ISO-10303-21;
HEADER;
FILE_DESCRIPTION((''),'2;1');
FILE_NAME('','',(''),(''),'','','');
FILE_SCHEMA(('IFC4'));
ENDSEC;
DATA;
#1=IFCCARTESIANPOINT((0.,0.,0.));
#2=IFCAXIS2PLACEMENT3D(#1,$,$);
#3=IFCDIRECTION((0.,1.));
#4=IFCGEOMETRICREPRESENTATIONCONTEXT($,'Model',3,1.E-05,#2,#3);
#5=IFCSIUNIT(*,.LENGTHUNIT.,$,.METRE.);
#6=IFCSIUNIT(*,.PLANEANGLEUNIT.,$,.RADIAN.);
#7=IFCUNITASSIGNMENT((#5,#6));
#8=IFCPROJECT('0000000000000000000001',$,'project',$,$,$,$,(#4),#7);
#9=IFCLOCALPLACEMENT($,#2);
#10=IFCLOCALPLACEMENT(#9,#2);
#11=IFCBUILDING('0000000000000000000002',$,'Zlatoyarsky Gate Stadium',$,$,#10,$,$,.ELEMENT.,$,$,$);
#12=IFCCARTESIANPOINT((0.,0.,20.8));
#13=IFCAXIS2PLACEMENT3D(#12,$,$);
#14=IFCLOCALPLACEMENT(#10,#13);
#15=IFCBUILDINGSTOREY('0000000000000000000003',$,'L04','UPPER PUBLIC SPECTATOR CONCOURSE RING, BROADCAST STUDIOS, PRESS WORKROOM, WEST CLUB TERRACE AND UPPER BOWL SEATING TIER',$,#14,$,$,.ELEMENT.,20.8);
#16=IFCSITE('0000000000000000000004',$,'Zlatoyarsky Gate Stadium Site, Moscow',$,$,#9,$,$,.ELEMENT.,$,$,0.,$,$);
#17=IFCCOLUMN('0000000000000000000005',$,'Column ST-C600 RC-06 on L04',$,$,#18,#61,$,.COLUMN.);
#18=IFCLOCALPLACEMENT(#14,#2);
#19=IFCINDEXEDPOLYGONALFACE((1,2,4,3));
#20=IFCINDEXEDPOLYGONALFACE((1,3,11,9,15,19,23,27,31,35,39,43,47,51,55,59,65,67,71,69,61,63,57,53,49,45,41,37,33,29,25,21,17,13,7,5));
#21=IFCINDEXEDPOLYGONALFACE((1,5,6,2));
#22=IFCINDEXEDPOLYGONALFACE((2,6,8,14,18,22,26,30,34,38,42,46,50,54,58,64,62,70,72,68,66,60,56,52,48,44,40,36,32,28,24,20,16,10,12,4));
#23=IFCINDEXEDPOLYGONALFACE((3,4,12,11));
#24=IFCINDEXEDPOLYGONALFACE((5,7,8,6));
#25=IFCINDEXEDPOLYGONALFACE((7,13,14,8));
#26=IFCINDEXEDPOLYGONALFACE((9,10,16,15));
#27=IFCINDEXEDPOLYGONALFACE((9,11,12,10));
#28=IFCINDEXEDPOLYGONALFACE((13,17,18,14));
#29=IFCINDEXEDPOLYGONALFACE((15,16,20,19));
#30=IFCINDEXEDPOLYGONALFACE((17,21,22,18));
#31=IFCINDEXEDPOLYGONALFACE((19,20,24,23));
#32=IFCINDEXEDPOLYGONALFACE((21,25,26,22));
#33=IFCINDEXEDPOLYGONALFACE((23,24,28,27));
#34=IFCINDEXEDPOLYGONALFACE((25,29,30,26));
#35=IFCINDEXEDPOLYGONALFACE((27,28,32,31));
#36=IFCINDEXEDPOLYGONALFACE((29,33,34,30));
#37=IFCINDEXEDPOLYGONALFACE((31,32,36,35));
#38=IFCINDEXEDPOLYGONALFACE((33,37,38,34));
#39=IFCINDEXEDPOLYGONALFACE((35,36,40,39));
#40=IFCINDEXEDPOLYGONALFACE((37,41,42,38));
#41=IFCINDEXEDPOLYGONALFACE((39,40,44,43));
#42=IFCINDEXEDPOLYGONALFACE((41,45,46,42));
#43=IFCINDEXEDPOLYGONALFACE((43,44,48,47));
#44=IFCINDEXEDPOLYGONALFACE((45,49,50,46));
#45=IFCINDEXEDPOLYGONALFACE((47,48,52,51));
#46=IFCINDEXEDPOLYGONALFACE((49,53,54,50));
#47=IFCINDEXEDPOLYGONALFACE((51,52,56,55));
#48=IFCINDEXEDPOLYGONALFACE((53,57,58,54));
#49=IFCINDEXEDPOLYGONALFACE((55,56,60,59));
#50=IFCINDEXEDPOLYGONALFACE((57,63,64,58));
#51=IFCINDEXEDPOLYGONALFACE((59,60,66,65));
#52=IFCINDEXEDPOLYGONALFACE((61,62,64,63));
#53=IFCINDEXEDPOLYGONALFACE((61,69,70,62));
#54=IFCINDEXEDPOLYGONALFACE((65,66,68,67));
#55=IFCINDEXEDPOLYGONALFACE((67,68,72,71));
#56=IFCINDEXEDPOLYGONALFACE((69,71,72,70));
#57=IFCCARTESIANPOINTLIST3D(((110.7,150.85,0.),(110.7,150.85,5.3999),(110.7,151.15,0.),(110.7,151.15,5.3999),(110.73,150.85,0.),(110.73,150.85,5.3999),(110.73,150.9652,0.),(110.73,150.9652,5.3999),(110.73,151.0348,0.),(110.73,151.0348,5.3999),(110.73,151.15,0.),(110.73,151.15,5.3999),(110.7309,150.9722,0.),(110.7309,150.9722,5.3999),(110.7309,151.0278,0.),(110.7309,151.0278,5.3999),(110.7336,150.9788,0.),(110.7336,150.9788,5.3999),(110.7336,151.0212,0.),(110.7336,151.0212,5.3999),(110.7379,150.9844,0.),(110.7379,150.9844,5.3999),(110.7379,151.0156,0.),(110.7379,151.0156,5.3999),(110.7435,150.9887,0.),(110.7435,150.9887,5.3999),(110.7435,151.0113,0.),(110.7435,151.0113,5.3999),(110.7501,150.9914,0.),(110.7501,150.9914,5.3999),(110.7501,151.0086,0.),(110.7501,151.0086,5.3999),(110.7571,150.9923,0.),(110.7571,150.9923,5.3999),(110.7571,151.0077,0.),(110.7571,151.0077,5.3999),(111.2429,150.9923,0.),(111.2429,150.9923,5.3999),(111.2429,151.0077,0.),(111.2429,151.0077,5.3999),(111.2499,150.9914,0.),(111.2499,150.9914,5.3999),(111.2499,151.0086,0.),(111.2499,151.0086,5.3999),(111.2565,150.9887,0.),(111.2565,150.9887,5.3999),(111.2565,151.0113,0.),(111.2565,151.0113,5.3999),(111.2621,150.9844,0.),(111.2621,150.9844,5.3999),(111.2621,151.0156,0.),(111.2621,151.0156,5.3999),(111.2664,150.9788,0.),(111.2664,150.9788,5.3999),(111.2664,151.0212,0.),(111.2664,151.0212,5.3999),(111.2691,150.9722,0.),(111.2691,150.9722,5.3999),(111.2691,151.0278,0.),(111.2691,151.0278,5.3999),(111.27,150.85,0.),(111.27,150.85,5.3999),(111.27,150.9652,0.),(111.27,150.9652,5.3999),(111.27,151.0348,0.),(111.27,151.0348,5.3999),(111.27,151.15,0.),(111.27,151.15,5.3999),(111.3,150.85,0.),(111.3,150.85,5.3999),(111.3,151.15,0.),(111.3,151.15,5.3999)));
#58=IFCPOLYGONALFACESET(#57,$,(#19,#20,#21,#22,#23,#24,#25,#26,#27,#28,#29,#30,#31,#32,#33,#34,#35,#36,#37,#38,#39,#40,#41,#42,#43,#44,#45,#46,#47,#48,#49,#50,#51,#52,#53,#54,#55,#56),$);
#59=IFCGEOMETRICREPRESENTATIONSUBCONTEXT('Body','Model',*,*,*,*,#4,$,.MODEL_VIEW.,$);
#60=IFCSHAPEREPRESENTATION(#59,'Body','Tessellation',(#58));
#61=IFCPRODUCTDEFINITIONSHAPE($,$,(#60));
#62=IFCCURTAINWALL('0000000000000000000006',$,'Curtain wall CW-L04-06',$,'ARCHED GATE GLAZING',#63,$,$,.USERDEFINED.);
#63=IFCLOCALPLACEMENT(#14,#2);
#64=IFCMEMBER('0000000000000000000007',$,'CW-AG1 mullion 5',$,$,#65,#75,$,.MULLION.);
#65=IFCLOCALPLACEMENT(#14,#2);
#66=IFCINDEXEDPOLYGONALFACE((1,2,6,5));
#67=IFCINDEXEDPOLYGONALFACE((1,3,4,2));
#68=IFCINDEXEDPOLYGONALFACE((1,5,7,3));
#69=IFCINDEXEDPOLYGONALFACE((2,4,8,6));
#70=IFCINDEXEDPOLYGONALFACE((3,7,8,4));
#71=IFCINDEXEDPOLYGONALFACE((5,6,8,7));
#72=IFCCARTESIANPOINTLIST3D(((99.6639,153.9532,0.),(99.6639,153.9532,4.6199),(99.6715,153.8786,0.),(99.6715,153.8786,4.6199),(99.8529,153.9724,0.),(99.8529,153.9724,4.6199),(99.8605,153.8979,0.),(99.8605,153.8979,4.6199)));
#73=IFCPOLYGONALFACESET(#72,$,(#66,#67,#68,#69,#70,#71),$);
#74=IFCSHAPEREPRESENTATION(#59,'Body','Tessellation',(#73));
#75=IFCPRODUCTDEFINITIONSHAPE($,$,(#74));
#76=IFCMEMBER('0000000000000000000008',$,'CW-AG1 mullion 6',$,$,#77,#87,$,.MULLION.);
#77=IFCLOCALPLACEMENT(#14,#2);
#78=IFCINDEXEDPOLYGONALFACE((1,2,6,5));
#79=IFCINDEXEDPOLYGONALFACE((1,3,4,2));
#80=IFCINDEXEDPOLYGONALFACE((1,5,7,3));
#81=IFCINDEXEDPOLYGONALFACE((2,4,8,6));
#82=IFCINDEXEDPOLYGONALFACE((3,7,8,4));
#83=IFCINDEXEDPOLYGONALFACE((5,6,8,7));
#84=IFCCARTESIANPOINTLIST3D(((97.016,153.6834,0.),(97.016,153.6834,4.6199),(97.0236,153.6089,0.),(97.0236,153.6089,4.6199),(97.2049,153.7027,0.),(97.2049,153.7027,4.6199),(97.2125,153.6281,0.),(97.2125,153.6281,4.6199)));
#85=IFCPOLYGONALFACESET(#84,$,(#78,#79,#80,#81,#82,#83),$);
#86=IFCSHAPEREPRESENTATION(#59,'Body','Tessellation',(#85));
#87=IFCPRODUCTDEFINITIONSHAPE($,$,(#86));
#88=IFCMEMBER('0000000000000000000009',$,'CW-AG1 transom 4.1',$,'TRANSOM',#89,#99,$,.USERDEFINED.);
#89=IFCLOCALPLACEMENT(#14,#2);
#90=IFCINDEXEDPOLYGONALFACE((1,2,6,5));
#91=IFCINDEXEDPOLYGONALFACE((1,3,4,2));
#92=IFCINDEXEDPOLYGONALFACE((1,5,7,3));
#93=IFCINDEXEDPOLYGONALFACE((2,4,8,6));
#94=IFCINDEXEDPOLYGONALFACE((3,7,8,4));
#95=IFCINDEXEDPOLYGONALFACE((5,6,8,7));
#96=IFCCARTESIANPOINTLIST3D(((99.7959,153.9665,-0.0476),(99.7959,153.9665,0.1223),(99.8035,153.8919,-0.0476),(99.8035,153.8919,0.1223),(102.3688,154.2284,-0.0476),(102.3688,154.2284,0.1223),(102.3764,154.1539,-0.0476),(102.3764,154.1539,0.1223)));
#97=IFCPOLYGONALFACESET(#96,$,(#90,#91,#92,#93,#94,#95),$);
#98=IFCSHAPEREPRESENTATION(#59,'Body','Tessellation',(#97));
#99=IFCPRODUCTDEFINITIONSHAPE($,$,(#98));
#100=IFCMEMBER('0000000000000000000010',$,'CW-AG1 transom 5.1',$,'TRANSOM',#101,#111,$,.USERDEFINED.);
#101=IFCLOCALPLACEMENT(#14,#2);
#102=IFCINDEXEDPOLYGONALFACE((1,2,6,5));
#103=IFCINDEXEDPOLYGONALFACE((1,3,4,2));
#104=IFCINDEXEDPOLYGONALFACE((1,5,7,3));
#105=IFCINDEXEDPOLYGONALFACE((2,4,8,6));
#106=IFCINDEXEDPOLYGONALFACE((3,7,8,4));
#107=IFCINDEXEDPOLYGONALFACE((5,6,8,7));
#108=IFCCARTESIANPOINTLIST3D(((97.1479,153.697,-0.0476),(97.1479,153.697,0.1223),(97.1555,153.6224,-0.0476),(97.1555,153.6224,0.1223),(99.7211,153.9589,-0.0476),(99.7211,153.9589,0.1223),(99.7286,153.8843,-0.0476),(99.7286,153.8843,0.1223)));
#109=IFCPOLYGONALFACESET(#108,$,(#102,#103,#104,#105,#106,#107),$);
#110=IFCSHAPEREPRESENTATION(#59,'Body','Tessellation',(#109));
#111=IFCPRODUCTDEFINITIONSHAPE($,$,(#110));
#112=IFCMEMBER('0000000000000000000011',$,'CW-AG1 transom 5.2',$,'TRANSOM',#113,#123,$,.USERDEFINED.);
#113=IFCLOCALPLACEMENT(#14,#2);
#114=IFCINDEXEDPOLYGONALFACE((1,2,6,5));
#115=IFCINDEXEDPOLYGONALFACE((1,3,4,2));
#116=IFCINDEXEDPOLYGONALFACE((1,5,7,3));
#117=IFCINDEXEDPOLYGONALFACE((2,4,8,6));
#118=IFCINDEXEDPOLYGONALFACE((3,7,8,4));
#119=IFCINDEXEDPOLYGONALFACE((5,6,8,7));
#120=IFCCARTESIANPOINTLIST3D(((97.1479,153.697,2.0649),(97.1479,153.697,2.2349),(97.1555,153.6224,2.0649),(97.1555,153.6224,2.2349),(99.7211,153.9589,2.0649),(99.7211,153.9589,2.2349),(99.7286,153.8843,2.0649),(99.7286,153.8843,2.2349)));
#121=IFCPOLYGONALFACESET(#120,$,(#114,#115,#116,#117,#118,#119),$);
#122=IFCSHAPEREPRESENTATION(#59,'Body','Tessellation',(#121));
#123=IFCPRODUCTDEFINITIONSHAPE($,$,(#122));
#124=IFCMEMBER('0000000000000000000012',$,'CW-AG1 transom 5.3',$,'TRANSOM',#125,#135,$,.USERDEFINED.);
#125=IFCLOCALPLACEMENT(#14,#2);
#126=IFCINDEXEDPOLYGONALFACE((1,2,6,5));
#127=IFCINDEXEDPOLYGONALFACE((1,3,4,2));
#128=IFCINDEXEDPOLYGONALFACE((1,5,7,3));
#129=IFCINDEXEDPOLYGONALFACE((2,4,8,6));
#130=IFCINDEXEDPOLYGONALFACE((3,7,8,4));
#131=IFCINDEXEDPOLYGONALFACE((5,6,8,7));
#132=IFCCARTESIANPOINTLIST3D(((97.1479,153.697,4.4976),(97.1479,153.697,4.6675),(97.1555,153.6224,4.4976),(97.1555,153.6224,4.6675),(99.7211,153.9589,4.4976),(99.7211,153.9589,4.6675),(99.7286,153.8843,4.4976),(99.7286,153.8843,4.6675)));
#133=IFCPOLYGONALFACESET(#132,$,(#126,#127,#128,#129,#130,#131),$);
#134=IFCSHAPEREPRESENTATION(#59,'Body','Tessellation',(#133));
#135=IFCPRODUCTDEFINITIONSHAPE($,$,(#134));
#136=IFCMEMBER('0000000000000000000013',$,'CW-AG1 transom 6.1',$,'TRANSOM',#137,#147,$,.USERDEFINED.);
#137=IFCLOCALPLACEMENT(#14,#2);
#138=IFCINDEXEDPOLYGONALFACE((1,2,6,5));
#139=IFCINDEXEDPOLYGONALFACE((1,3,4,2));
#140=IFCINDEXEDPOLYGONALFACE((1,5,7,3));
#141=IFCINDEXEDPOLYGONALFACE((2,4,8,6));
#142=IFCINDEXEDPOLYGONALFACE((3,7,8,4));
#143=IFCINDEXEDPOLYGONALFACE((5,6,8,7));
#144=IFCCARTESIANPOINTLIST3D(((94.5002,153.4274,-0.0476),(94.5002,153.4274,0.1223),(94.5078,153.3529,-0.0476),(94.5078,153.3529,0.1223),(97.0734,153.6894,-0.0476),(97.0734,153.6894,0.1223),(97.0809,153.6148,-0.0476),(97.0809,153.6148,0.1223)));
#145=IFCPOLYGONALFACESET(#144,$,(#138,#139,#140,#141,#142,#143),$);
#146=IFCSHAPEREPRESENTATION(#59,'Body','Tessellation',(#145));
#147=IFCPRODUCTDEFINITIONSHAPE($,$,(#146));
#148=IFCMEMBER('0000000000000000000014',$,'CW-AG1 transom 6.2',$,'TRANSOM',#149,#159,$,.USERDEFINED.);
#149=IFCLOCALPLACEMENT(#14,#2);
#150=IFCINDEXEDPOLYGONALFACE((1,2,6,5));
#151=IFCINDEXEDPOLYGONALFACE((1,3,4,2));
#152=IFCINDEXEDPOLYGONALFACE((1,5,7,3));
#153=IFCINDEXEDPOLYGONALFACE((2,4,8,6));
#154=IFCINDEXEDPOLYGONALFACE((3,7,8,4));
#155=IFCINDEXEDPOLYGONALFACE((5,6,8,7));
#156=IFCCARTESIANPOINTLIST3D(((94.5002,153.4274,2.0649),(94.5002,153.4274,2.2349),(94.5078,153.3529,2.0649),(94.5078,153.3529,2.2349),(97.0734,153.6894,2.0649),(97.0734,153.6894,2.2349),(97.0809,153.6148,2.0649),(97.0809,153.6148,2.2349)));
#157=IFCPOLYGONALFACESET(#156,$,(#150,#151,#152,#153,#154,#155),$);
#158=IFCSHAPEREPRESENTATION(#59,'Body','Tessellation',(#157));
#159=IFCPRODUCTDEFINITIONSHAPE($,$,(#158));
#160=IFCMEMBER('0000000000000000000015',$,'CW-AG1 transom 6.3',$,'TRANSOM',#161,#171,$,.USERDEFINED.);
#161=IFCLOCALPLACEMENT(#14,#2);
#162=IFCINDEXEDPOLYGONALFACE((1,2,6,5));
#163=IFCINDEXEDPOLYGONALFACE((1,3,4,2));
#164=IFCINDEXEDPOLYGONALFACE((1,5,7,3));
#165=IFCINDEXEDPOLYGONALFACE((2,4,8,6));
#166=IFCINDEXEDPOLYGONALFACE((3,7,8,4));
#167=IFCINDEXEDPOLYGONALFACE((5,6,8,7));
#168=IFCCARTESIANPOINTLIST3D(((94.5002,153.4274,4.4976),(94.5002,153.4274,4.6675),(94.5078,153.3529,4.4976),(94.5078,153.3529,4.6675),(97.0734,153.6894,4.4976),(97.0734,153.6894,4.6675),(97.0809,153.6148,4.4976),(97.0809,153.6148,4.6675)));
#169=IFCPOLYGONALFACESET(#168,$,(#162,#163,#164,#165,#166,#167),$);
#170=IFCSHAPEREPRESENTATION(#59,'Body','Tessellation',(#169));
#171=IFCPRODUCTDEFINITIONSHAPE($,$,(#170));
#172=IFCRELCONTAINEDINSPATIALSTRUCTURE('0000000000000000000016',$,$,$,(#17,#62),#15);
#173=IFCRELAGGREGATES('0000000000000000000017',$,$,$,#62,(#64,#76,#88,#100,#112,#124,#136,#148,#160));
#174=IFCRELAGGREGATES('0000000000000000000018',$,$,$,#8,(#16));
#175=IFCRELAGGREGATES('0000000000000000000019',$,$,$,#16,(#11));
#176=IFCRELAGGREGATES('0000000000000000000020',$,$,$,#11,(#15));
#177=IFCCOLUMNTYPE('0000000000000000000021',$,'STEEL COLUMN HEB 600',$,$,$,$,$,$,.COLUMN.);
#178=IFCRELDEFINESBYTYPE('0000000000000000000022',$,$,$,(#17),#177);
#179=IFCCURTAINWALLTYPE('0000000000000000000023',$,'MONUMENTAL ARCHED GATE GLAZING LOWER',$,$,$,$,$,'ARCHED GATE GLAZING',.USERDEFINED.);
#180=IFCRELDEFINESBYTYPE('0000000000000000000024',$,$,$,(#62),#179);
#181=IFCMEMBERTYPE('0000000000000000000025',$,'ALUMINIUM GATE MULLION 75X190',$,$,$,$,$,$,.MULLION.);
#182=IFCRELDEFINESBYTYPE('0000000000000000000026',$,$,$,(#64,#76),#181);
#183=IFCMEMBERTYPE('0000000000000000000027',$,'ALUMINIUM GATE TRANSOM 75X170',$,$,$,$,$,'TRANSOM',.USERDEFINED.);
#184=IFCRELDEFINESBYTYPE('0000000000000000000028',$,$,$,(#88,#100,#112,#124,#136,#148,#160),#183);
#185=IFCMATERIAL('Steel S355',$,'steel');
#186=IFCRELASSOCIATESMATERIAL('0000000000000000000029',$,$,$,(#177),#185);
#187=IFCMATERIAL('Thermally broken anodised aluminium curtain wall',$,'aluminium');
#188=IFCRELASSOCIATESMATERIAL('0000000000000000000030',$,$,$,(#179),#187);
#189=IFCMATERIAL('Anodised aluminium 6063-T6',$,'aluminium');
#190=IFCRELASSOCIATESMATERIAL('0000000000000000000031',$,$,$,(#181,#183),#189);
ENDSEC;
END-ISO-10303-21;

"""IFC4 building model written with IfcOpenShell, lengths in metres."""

from ifc_helpers import new_model, si_unit, direction, frame, origin, origin_2d, place, context, subcontext, project, spatial, rectangle, i_section, extrude, material, material_profile, profile_set, type_object, element, aggregate, save


model = new_model("IFC4")

# Units and contexts
model_context = context("Model", 3, precision=1e-05, world=origin(), true_north=direction((0.0, 1.0)))
body_context = subcontext(model_context, "Body", "Model", "MODEL_VIEW")
ifc_project = project(units=[si_unit("LENGTHUNIT", "METRE"), si_unit("PLANEANGLEUNIT", "RADIAN")], contexts=[model_context])

# Site, building, storey
site_placement = place(None, origin())
site = spatial("IfcSite", under=ifc_project, at=site_placement, Name="Zlatoyarsky Gate Stadium Site, Moscow", CompositionType="ELEMENT", RefElevation=0.0)
building_placement = place(site_placement, origin())
building = spatial("IfcBuilding", under=site, at=building_placement, Name="Zlatoyarsky Gate Stadium", CompositionType="ELEMENT")
storey_placement = place(building_placement, frame((0.0, 0.0, 20.8)))
storey = spatial("IfcBuildingStorey", under=building, at=storey_placement, Name="L04", Description="UPPER PUBLIC SPECTATOR CONCOURSE RING, BROADCAST STUDIOS, PRESS WORKROOM, WEST CLUB TERRACE AND UPPER BOWL SEATING TIER", CompositionType="ELEMENT", Elevation=20.8)

# Column
ifc_material_1 = material(Name="Steel S355", Category="steel")
ifc_material_profile_1 = material_profile(ifc_material_1, i_section(OverallWidth=0.3, OverallDepth=0.6001, WebThickness=0.0154, FlangeThickness=0.03, FilletRadius=0.0271, at=origin_2d()), Name="HEB 600")
ifc_profile_set_1 = profile_set([ifc_material_profile_1], Name="Steel S355")
column_type = type_object("IfcColumnType", Name="STEEL COLUMN HEB 600", PredefinedType="COLUMN", material=ifc_profile_set_1)
column_placement = place(storey_placement, frame((111.0, 151.0, 0.0), z_axis=(0.0, 0.0, 1.0), x_axis=(0.0, 1.0, 0.0)))
element("IfcColumn", 1, at=column_placement, inside=storey, type_object=column_type, Name="Column ST-C600 RC-06 on L04", PredefinedType="COLUMN", context=body_context, shape_type="SweptSolid", body=[
    extrude(i_section(OverallWidth=0.3, OverallDepth=0.6001, WebThickness=0.0154, FlangeThickness=0.03, FilletRadius=0.0271, at=origin_2d()), origin(), (0.0, 0.0, 1.0), 5.3999),
])

# Curtain wall, members
ifc_material_2 = material(Name="Thermally broken anodised aluminium curtain wall", Category="aluminium")
curtain_wall_type = type_object("IfcCurtainWallType", Name="MONUMENTAL ARCHED GATE GLAZING LOWER", ElementType="ARCHED GATE GLAZING", PredefinedType="USERDEFINED", material=ifc_material_2)
curtain_wall_placement = place(storey_placement, origin())
curtain_wall = element("IfcCurtainWall", 2, at=curtain_wall_placement, inside=storey, type_object=curtain_wall_type, Name="Curtain wall CW-L04-06", ObjectType="ARCHED GATE GLAZING", PredefinedType="USERDEFINED")
ifc_material_3 = material(Name="Anodised aluminium 6063-T6", Category="aluminium")
ifc_material_profile_2 = material_profile(ifc_material_3, rectangle(XDim=0.075, YDim=0.1899, at=origin_2d()), Name="ALU 75X190")
ifc_profile_set_2 = profile_set([ifc_material_profile_2], Name="Anodised aluminium 6063-T6")
member_type_1 = type_object("IfcMemberType", Name="ALUMINIUM GATE MULLION 75X190", PredefinedType="MULLION", material=ifc_profile_set_2)
member_1_placement = place(storey_placement, frame((99.7622, 153.9255, 0.0), z_axis=(0.0, 0.0, 1.0), x_axis=(0.101293, -0.994857, 0.0)))
member_1 = element("IfcMember", 3, at=member_1_placement, type_object=member_type_1, Name="CW-AG1 mullion 5", PredefinedType="MULLION", context=body_context, shape_type="SweptSolid", body=[
    extrude(rectangle(XDim=0.075, YDim=0.1899, at=origin_2d()), origin(), (0.0, 0.0, 1.0), 4.6199),
])
member_2_placement = place(storey_placement, frame((97.1143, 153.6558, 0.0), z_axis=(0.0, 0.0, 1.0), x_axis=(0.101293, -0.994857, 0.0)))
member_2 = element("IfcMember", 4, at=member_2_placement, type_object=member_type_1, Name="CW-AG1 mullion 6", PredefinedType="MULLION", context=body_context, shape_type="SweptSolid", body=[
    extrude(rectangle(XDim=0.075, YDim=0.1899, at=origin_2d()), origin(), (0.0, 0.0, 1.0), 4.6199),
])
ifc_material_profile_3 = material_profile(ifc_material_3, rectangle(XDim=0.075, YDim=0.1699, at=origin_2d()), Name="ALU 75X170")
ifc_profile_set_3 = profile_set([ifc_material_profile_3], Name="Anodised aluminium 6063-T6")
member_type_2 = type_object("IfcMemberType", Name="ALUMINIUM GATE TRANSOM 75X170", ElementType="TRANSOM", PredefinedType="USERDEFINED", material=ifc_profile_set_3)
member_3_placement = place(storey_placement, frame((102.3726, 154.1912, 0.0374), z_axis=(-0.994857, -0.101289, 0.0), x_axis=(0.101289, -0.994857, 0.0)))
member_3 = element("IfcMember", 5, at=member_3_placement, type_object=member_type_2, Name="CW-AG1 transom 4.1", ObjectType="TRANSOM", PredefinedType="USERDEFINED", context=body_context, shape_type="SweptSolid", body=[
    extrude(rectangle(XDim=0.075, YDim=0.1699, at=origin_2d()), origin(), (0.0, 0.0, 1.0), 2.5862),
])
member_4_placement = place(storey_placement, frame((99.7249, 153.9216, 0.0374), z_axis=(-0.994858, -0.101279, 0.0), x_axis=(0.101279, -0.994858, 0.0)))
member_4 = element("IfcMember", 6, at=member_4_placement, type_object=member_type_2, Name="CW-AG1 transom 5.1", ObjectType="TRANSOM", PredefinedType="USERDEFINED", context=body_context, shape_type="SweptSolid", body=[
    extrude(rectangle(XDim=0.075, YDim=0.1699, at=origin_2d()), origin(), (0.0, 0.0, 1.0), 2.5864),
])
member_5_placement = place(storey_placement, frame((99.7249, 153.9216, 2.1499), z_axis=(-0.994858, -0.101279, 0.0), x_axis=(0.101279, -0.994858, 0.0)))
member_5 = element("IfcMember", 7, at=member_5_placement, type_object=member_type_2, Name="CW-AG1 transom 5.2", ObjectType="TRANSOM", PredefinedType="USERDEFINED", context=body_context, shape_type="SweptSolid", body=[
    extrude(rectangle(XDim=0.075, YDim=0.1699, at=origin_2d()), origin(), (0.0, 0.0, 1.0), 2.5864),
])
member_6_placement = place(storey_placement, frame((99.7249, 153.9216, 4.5825), z_axis=(-0.994858, -0.101279, 0.0), x_axis=(0.101279, -0.994858, 0.0)))
member_6 = element("IfcMember", 8, at=member_6_placement, type_object=member_type_2, Name="CW-AG1 transom 5.3", ObjectType="TRANSOM", PredefinedType="USERDEFINED", context=body_context, shape_type="SweptSolid", body=[
    extrude(rectangle(XDim=0.075, YDim=0.1699, at=origin_2d()), origin(), (0.0, 0.0, 1.0), 2.5864),
])
member_7_placement = place(storey_placement, frame((97.0771, 153.6521, 0.0374), z_axis=(-0.994858, -0.101279, 0.0), x_axis=(0.101279, -0.994858, 0.0)))
member_7 = element("IfcMember", 9, at=member_7_placement, type_object=member_type_2, Name="CW-AG1 transom 6.1", ObjectType="TRANSOM", PredefinedType="USERDEFINED", context=body_context, shape_type="SweptSolid", body=[
    extrude(rectangle(XDim=0.075, YDim=0.1699, at=origin_2d()), origin(), (0.0, 0.0, 1.0), 2.5864),
])
member_8_placement = place(storey_placement, frame((97.0771, 153.6521, 2.1499), z_axis=(-0.994858, -0.101279, 0.0), x_axis=(0.101279, -0.994858, 0.0)))
member_8 = element("IfcMember", 10, at=member_8_placement, type_object=member_type_2, Name="CW-AG1 transom 6.2", ObjectType="TRANSOM", PredefinedType="USERDEFINED", context=body_context, shape_type="SweptSolid", body=[
    extrude(rectangle(XDim=0.075, YDim=0.1699, at=origin_2d()), origin(), (0.0, 0.0, 1.0), 2.5864),
])
member_9_placement = place(storey_placement, frame((97.0771, 153.6521, 4.5825), z_axis=(-0.994858, -0.101279, 0.0), x_axis=(0.101279, -0.994858, 0.0)))
member_9 = element("IfcMember", 11, at=member_9_placement, type_object=member_type_2, Name="CW-AG1 transom 6.3", ObjectType="TRANSOM", PredefinedType="USERDEFINED", context=body_context, shape_type="SweptSolid", body=[
    extrude(rectangle(XDim=0.075, YDim=0.1699, at=origin_2d()), origin(), (0.0, 0.0, 1.0), 2.5864),
])

aggregate(curtain_wall, [member_1, member_2, member_3, member_4, member_5, member_6, member_7, member_8, member_9])

save(model, "model.ifc")
